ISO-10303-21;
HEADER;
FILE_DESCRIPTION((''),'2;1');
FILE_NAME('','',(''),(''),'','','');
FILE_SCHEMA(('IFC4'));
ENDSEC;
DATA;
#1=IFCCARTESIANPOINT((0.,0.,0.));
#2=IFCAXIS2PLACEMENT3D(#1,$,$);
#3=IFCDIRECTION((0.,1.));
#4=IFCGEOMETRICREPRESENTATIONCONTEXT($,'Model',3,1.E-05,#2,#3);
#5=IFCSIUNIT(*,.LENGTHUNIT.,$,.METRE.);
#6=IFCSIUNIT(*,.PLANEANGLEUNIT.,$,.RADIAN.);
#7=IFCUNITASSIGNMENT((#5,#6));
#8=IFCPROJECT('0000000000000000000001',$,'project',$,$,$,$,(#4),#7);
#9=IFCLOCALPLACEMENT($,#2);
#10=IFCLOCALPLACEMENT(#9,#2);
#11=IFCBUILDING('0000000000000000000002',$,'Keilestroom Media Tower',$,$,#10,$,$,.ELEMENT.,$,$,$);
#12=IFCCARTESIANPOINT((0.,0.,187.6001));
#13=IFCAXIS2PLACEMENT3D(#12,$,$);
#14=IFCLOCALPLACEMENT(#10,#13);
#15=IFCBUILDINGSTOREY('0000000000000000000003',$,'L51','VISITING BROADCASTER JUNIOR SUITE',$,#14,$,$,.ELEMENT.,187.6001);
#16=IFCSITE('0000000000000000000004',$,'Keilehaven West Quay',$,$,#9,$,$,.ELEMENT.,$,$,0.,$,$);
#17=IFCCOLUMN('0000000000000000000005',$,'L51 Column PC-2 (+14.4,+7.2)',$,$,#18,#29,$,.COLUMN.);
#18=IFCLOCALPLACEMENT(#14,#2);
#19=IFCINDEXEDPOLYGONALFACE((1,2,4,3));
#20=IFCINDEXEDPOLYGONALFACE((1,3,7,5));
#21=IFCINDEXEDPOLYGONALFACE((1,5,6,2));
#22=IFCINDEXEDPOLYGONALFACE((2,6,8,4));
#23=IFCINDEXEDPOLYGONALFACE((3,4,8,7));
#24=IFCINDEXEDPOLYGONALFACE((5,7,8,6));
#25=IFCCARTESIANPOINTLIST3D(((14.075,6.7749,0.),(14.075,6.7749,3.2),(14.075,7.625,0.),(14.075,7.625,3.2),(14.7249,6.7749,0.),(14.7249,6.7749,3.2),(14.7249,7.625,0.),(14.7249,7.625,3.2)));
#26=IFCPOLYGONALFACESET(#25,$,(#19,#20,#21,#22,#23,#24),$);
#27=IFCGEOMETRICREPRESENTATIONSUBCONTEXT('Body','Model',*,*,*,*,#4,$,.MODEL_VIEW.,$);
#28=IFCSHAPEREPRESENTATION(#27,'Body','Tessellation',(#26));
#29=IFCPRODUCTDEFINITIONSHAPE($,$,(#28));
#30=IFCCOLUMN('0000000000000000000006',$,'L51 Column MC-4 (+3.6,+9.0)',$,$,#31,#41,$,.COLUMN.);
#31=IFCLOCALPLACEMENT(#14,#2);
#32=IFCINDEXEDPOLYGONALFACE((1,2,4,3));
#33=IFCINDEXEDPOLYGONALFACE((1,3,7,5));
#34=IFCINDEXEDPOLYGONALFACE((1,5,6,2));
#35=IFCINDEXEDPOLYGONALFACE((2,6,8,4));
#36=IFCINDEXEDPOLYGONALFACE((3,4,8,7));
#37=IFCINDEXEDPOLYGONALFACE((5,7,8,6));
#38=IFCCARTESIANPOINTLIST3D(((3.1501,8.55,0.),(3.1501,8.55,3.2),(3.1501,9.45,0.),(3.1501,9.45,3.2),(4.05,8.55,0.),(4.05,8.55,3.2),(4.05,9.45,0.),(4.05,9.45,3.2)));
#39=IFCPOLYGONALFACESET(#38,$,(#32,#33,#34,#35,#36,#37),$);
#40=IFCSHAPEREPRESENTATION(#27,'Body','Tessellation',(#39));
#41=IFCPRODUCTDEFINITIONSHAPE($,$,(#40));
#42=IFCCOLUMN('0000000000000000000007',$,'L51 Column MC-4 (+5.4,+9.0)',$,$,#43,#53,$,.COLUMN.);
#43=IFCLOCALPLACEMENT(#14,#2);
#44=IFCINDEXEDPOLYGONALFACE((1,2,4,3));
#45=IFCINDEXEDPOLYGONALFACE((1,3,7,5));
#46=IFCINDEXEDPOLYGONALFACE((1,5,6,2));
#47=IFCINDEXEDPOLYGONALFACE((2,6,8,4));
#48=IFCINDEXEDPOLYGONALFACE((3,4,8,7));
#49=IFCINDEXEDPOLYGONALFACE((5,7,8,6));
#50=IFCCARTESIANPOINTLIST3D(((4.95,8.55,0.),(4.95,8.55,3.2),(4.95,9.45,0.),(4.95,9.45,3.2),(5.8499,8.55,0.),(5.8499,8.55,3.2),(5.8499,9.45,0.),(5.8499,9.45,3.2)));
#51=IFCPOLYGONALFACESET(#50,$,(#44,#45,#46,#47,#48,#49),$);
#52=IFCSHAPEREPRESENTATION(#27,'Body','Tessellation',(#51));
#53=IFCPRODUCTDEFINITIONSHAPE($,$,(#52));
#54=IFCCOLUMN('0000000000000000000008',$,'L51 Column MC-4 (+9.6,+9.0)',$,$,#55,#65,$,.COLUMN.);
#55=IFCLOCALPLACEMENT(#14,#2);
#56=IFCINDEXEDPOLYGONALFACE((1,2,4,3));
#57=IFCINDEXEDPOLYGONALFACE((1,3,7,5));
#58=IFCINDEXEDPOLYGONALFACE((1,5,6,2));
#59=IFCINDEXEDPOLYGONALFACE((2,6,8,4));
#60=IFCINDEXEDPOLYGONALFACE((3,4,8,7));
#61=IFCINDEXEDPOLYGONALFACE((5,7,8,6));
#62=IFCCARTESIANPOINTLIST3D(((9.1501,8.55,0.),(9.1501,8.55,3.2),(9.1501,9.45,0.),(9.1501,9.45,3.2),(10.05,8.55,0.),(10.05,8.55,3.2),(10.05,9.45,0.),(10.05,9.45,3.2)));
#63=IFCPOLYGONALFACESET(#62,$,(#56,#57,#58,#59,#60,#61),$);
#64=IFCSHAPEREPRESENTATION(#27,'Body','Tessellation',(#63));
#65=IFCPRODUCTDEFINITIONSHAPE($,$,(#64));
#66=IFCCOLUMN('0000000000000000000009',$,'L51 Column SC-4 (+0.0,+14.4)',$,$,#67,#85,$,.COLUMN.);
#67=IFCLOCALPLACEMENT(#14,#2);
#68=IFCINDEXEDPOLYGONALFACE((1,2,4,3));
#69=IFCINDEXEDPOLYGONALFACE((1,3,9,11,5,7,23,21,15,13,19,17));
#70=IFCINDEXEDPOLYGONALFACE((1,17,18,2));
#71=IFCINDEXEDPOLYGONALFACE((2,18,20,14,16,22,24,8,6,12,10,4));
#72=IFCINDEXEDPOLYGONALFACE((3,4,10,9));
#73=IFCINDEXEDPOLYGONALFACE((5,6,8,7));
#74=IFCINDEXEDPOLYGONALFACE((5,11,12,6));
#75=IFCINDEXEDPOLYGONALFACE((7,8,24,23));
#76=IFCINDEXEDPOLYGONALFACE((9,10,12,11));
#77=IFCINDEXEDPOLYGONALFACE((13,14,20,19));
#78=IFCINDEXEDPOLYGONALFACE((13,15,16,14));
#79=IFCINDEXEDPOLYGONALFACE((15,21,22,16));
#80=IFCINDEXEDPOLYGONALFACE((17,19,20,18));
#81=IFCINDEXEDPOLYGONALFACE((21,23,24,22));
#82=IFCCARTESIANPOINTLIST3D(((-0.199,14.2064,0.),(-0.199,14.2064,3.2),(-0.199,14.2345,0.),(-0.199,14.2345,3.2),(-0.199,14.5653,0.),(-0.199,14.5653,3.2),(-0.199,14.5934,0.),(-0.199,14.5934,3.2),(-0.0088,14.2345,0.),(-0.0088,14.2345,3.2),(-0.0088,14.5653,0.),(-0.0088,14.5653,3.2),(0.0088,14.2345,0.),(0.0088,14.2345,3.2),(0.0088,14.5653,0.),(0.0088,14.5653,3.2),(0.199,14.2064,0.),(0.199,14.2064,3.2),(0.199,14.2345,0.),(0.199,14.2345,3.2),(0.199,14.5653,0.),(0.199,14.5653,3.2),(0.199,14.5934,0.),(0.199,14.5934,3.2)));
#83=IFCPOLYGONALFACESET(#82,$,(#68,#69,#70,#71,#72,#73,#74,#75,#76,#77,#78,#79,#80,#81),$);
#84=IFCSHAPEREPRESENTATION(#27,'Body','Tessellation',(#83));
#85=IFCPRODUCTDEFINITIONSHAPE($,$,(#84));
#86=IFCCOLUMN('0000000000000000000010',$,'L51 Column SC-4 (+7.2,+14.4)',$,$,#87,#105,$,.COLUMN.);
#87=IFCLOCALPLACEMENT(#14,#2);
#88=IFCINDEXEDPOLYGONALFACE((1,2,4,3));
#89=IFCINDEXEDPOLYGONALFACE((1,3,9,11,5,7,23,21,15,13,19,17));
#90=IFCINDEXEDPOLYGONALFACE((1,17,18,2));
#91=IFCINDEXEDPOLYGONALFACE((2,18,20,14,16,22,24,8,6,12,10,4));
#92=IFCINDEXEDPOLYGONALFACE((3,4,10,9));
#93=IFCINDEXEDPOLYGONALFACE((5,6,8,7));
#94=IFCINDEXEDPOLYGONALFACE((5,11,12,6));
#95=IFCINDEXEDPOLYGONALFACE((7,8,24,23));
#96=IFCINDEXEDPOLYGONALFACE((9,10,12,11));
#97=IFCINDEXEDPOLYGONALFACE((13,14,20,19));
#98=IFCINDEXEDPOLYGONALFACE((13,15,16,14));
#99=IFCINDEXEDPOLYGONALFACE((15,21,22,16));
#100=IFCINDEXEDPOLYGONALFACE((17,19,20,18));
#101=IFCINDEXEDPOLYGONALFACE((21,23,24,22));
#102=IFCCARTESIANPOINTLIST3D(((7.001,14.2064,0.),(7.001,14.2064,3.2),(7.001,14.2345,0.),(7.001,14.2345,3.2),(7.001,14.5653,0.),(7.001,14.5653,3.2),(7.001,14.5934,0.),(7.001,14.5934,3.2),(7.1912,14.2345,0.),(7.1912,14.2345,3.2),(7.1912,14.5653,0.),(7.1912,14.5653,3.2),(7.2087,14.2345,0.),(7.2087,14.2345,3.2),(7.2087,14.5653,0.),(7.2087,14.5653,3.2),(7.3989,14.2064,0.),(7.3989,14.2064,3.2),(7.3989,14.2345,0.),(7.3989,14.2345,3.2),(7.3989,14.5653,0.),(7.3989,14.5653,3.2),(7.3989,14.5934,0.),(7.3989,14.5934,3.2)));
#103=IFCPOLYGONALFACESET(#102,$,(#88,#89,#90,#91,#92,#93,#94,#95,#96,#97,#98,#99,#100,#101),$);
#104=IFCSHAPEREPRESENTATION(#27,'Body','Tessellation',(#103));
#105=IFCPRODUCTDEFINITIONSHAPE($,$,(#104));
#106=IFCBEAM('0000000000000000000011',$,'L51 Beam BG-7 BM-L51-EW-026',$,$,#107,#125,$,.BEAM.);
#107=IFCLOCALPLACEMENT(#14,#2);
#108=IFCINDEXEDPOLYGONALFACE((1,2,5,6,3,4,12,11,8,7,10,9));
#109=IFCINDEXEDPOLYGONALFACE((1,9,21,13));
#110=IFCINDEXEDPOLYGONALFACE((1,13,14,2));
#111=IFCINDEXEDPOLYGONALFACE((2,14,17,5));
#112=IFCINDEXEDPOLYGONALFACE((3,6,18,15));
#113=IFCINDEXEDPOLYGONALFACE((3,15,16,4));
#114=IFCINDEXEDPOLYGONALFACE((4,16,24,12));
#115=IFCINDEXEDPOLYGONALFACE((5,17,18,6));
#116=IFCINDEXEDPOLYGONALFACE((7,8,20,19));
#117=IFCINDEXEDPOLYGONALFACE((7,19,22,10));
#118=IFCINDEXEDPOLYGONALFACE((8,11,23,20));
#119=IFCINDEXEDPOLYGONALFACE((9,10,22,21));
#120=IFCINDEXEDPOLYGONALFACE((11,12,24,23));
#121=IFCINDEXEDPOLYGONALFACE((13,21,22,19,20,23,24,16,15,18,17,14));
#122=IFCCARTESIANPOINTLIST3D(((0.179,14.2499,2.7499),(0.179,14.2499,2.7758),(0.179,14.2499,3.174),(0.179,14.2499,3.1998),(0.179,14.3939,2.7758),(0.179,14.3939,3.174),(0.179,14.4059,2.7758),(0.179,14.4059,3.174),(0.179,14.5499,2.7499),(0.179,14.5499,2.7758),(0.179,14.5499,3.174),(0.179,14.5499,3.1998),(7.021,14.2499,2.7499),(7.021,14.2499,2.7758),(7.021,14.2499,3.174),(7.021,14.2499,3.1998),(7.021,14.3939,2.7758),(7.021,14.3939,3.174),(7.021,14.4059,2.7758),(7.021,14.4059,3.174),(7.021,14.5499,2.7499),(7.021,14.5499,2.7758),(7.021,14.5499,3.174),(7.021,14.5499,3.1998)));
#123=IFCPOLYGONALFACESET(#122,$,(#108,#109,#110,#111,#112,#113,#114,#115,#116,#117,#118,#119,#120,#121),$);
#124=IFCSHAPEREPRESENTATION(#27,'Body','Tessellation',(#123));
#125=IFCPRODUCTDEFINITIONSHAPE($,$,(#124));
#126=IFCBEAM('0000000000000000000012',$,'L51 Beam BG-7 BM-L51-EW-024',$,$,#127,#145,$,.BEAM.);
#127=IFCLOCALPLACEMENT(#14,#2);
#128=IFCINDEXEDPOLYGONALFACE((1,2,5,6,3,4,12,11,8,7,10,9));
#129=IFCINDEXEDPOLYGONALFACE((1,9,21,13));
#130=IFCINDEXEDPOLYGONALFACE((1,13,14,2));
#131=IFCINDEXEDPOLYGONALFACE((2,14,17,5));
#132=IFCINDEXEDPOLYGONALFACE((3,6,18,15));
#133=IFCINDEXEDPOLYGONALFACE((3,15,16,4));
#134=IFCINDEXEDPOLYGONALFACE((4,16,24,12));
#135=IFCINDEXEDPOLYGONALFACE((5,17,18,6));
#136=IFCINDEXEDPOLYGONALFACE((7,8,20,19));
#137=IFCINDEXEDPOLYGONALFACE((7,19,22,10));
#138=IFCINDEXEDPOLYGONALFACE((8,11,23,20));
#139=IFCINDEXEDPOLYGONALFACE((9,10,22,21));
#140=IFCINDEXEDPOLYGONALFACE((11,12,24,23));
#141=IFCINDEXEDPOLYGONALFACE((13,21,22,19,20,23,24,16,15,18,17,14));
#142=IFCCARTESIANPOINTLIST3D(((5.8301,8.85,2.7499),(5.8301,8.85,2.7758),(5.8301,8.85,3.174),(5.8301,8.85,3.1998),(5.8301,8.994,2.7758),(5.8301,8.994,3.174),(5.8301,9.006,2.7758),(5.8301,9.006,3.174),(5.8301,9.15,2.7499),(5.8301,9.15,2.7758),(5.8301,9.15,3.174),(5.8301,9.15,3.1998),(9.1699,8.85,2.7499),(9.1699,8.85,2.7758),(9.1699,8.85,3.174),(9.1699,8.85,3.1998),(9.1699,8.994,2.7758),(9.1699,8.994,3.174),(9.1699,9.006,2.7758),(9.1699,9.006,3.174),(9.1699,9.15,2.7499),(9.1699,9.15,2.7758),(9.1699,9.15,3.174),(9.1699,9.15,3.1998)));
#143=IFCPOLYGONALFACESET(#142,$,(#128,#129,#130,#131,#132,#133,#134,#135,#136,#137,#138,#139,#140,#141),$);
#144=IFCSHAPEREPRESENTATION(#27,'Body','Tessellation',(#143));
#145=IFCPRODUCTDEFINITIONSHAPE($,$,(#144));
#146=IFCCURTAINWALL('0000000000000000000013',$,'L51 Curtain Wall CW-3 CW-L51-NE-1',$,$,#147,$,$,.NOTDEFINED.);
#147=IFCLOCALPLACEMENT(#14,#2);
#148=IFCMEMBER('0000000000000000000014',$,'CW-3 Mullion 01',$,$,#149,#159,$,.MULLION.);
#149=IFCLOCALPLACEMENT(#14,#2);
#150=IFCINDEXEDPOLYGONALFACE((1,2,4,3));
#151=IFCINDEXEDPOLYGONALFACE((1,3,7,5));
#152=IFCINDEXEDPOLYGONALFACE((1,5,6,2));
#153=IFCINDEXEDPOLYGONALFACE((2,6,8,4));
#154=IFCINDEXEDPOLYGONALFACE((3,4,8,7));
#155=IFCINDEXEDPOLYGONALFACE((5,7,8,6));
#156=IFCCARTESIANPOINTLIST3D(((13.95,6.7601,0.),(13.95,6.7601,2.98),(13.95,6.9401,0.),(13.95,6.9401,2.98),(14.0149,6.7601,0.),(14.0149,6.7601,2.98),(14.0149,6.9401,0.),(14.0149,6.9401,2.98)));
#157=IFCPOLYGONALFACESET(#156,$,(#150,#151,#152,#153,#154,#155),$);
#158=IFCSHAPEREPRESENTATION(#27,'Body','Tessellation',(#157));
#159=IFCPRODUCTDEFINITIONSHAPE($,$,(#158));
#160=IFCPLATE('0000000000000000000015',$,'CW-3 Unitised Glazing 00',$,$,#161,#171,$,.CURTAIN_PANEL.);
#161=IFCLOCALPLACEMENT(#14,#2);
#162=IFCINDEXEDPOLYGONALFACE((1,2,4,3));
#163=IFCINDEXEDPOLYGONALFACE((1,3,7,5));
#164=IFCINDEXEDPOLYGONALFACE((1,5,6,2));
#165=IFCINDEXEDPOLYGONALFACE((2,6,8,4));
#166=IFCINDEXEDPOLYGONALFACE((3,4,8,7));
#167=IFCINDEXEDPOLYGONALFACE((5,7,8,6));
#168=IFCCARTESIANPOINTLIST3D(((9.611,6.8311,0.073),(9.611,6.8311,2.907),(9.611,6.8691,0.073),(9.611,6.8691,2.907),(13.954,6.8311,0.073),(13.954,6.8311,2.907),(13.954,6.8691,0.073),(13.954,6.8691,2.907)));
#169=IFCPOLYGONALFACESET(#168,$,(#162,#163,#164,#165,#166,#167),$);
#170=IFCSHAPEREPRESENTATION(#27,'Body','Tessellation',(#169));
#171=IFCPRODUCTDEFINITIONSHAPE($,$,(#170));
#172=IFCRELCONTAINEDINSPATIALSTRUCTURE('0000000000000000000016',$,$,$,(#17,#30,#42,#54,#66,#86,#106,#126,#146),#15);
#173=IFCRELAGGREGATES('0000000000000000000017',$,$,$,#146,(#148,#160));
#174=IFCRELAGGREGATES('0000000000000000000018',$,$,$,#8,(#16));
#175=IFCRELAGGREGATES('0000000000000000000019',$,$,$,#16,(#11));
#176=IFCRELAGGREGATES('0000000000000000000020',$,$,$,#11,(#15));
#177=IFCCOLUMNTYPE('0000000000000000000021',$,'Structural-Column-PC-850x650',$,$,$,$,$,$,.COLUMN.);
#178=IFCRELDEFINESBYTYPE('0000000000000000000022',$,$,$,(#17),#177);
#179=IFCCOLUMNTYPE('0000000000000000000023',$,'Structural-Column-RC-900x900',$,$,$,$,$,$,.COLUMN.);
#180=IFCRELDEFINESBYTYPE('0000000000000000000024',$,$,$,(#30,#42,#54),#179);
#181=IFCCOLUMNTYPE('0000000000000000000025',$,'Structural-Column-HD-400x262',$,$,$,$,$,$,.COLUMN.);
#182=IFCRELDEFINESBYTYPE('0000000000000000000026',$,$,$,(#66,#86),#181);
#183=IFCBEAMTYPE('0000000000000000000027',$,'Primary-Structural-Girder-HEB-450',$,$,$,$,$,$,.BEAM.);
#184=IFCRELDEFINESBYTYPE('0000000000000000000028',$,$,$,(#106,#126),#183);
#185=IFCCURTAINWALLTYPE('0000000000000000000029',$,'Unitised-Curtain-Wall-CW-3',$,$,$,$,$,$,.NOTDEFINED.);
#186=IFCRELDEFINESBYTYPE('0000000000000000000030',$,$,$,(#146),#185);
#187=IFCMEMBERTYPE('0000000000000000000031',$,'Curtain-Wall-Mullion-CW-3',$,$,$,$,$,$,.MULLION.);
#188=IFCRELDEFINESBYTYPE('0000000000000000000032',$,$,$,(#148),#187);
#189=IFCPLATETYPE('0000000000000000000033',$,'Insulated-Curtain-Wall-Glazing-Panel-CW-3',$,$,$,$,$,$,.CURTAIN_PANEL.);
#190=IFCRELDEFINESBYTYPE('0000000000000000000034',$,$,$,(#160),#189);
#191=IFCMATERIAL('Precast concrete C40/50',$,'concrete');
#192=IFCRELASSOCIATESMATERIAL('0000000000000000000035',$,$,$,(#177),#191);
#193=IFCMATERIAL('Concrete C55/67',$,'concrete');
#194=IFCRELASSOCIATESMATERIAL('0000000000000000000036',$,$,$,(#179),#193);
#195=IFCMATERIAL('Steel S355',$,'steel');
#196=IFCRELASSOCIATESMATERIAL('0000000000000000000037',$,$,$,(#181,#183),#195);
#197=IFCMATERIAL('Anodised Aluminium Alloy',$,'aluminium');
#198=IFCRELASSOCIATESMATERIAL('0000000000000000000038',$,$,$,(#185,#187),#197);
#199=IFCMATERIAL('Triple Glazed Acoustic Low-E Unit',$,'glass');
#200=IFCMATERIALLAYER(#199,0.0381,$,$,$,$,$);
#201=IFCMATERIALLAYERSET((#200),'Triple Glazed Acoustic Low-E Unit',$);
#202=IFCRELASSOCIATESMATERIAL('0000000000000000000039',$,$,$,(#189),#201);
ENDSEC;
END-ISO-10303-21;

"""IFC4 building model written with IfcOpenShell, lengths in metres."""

from ifc_helpers import new_model, si_unit, direction, frame, origin, origin_2d, place, context, subcontext, project, spatial, rectangle, i_section, extrude, source, transform, mapped, material, layer, layer_set, material_profile, profile_set, type_object, element, aggregate, save


model = new_model("IFC4")

# Units and contexts
model_context = context("Model", 3, precision=1e-05, world=origin(), true_north=direction((0.0, 1.0)))
body_context = subcontext(model_context, "Body", "Model", "MODEL_VIEW")
ifc_project = project(units=[si_unit("LENGTHUNIT", "METRE"), si_unit("PLANEANGLEUNIT", "RADIAN")], contexts=[model_context])

# Site, building, storey
site_placement = place(None, origin())
site = spatial("IfcSite", under=ifc_project, at=site_placement, Name="Keilehaven West Quay", CompositionType="ELEMENT", RefElevation=0.0)
building_placement = place(site_placement, origin())
building = spatial("IfcBuilding", under=site, at=building_placement, Name="Keilestroom Media Tower", CompositionType="ELEMENT")
storey_placement = place(building_placement, frame((0.0, 0.0, 187.6001)))
storey = spatial("IfcBuildingStorey", under=building, at=storey_placement, Name="L51", Description="VISITING BROADCASTER JUNIOR SUITE", CompositionType="ELEMENT", Elevation=187.6001)

# Columns
ifc_material_1 = material(Name="Precast concrete C40/50", Category="concrete")
ifc_material_profile_1 = material_profile(ifc_material_1, rectangle(XDim=0.6499, YDim=0.8501, at=origin_2d()), Name="PC 850x650")
ifc_profile_set_1 = profile_set([ifc_material_profile_1], Name="Precast concrete C40/50")
column_type_1 = type_object("IfcColumnType", Name="Structural-Column-PC-850x650", PredefinedType="COLUMN", material=ifc_profile_set_1)
shared_shape_1 = source(origin(), body_context, "Body", "SweptSolid", [
    extrude(rectangle(XDim=0.6499, YDim=0.8501, at=origin_2d()), origin(), (0.0, 0.0, 1.0), 3.2),
])
column_placement = place(storey_placement, frame((14.3999, 7.2, 0.0), z_axis=(0.0, 0.0, 1.0), x_axis=(1.0, 0.0, 0.0)))
element("IfcColumn", 1, at=column_placement, inside=storey, type_object=column_type_1, Name="L51 Column PC-2 (+14.4,+7.2)", PredefinedType="COLUMN", context=body_context, shape_type="MappedRepresentation", body=[
    mapped(shared_shape_1, transform((0.0, 0.0, 0.0), x_axis=(1.0, 0.0, 0.0), y_axis=(0.0, 1.0, 0.0), z_axis=(0.0, 0.0, 1.0), scale=1.0)),
])
ifc_material_2 = material(Name="Concrete C55/67", Category="concrete")
ifc_material_profile_2 = material_profile(ifc_material_2, rectangle(XDim=0.8999, YDim=0.8999, at=origin_2d()), Name="RC 900x900")
ifc_profile_set_2 = profile_set([ifc_material_profile_2], Name="Concrete C55/67")
column_type_2 = type_object("IfcColumnType", Name="Structural-Column-RC-900x900", PredefinedType="COLUMN", material=ifc_profile_set_2)
shared_shape_2 = source(origin(), body_context, "Body", "SweptSolid", [
    extrude(rectangle(XDim=0.8999, YDim=0.8999, at=origin_2d()), origin(), (0.0, 0.0, 1.0), 3.2),
])
for number, where, z_axis, x_axis, name in (
    (2, (3.6001, 9.0, 0.0), (0.0, 0.0, 1.0), (1.0, 0.0, 0.0), "L51 Column MC-4 (+3.6,+9.0)"),
    (3, (5.3999, 9.0, 0.0), (0.0, 0.0, 1.0), (1.0, 0.0, 0.0), "L51 Column MC-4 (+5.4,+9.0)"),
    (4, (9.6001, 9.0, 0.0), (0.0, 0.0, 1.0), (1.0, 0.0, 0.0), "L51 Column MC-4 (+9.6,+9.0)"),
):
    element("IfcColumn", number, at=place(storey_placement, frame(where, z_axis=z_axis, x_axis=x_axis)), inside=storey, type_object=column_type_2, Name=name, PredefinedType="COLUMN", context=body_context, shape_type="MappedRepresentation", body=[
        mapped(shared_shape_2, transform((0.0, 0.0, 0.0), x_axis=(1.0, 0.0, 0.0), y_axis=(0.0, 1.0, 0.0), z_axis=(0.0, 0.0, 1.0), scale=1.0)),
    ])
ifc_material_3 = material(Name="Steel S355", Category="steel")
ifc_material_profile_3 = material_profile(ifc_material_3, i_section(OverallWidth=0.3979, OverallDepth=0.387, WebThickness=0.0176, FlangeThickness=0.0281, at=origin_2d()), Name="HD 400x262")
ifc_profile_set_3 = profile_set([ifc_material_profile_3], Name="Steel S355")
column_type_3 = type_object("IfcColumnType", Name="Structural-Column-HD-400x262", PredefinedType="COLUMN", material=ifc_profile_set_3)
shared_shape_3 = source(origin(), body_context, "Body", "SweptSolid", [
    extrude(i_section(OverallWidth=0.3979, OverallDepth=0.387, WebThickness=0.0176, FlangeThickness=0.0281, at=origin_2d()), origin(), (0.0, 0.0, 1.0), 3.2),
])
for number, where, z_axis, x_axis, name in (
    (5, (0.0, 14.3999, 0.0), (0.0, 0.0, 1.0), (1.0, 0.0, 0.0), "L51 Column SC-4 (+0.0,+14.4)"),
    (6, (7.2, 14.3999, 0.0), (0.0, 0.0, 1.0), (1.0, 0.0, 0.0), "L51 Column SC-4 (+7.2,+14.4)"),
):
    element("IfcColumn", number, at=place(storey_placement, frame(where, z_axis=z_axis, x_axis=x_axis)), inside=storey, type_object=column_type_3, Name=name, PredefinedType="COLUMN", context=body_context, shape_type="MappedRepresentation", body=[
        mapped(shared_shape_3, transform((0.0, 0.0, 0.0), x_axis=(1.0, 0.0, 0.0), y_axis=(0.0, 1.0, 0.0), z_axis=(0.0, 0.0, 1.0), scale=1.0)),
    ])

# Beams
ifc_material_profile_4 = material_profile(ifc_material_3, i_section(OverallWidth=0.3, OverallDepth=0.45, WebThickness=0.012, FlangeThickness=0.0259, at=origin_2d()), Name="HEB 450")
ifc_profile_set_4 = profile_set([ifc_material_profile_4], Name="Steel S355")
beam_type = type_object("IfcBeamType", Name="Primary-Structural-Girder-HEB-450", PredefinedType="BEAM", material=ifc_profile_set_4)
shared_shape_4 = source(origin(), body_context, "Body", "SweptSolid", [
    extrude(i_section(OverallWidth=0.3, OverallDepth=0.45, WebThickness=0.012, FlangeThickness=0.0259, at=origin_2d()), origin(), (0.0, 0.0, 1.0), 6.842),
])
beam_1_placement = place(storey_placement, frame((0.179, 14.3999, 2.9749), z_axis=(1.0, 0.0, 0.0), x_axis=(0.0, 1.0, 0.0)))
element("IfcBeam", 7, at=beam_1_placement, inside=storey, type_object=beam_type, Name="L51 Beam BG-7 BM-L51-EW-026", PredefinedType="BEAM", context=body_context, shape_type="MappedRepresentation", body=[
    mapped(shared_shape_4, transform((0.0, 0.0, 0.0), x_axis=(1.0, 0.0, 0.0), y_axis=(0.0, 1.0, 0.0), z_axis=(0.0, 0.0, 1.0), scale=1.0)),
])
shared_shape_5 = source(origin(), body_context, "Body", "SweptSolid", [
    extrude(i_section(OverallWidth=0.3, OverallDepth=0.45, WebThickness=0.012, FlangeThickness=0.0259, at=origin_2d()), origin(), (0.0, 0.0, 1.0), 3.3398),
])
beam_2_placement = place(storey_placement, frame((5.8301, 9.0, 2.9749), z_axis=(1.0, 0.0, 0.0), x_axis=(0.0, 1.0, 0.0)))
element("IfcBeam", 8, at=beam_2_placement, inside=storey, type_object=beam_type, Name="L51 Beam BG-7 BM-L51-EW-024", PredefinedType="BEAM", context=body_context, shape_type="MappedRepresentation", body=[
    mapped(shared_shape_5, transform((0.0, 0.0, 0.0), x_axis=(1.0, 0.0, 0.0), y_axis=(0.0, 1.0, 0.0), z_axis=(0.0, 0.0, 1.0), scale=1.0)),
])

# Curtain wall, member, plate
ifc_material_4 = material(Name="Anodised Aluminium Alloy", Category="aluminium")
curtain_wall_type = type_object("IfcCurtainWallType", Name="Unitised-Curtain-Wall-CW-3", PredefinedType="NOTDEFINED", material=ifc_material_4)
curtain_wall_placement = place(storey_placement, origin())
curtain_wall = element("IfcCurtainWall", 9, at=curtain_wall_placement, inside=storey, type_object=curtain_wall_type, Name="L51 Curtain Wall CW-3 CW-L51-NE-1", PredefinedType="NOTDEFINED")
ifc_material_profile_5 = material_profile(ifc_material_4, rectangle(XDim=0.0649, YDim=0.1799, at=origin_2d()), Name="ALU MULLION 65x180")
ifc_profile_set_5 = profile_set([ifc_material_profile_5], Name="Anodised Aluminium Alloy")
member_type = type_object("IfcMemberType", Name="Curtain-Wall-Mullion-CW-3", PredefinedType="MULLION", material=ifc_profile_set_5)
shared_shape_6 = source(origin(), body_context, "Body", "SweptSolid", [
    extrude(rectangle(XDim=0.0649, YDim=0.1799, at=origin_2d()), origin(), (0.0, 0.0, 1.0), 2.98),
])
member_placement = place(storey_placement, frame((13.9824, 6.8501, 0.0), z_axis=(0.0, 0.0, 1.0), x_axis=(1.0, 0.0, 0.0)))
member = element("IfcMember", 10, at=member_placement, type_object=member_type, Name="CW-3 Mullion 01", PredefinedType="MULLION", context=body_context, shape_type="MappedRepresentation", body=[
    mapped(shared_shape_6, transform((0.0, 0.0, 0.0), x_axis=(1.0, 0.0, 0.0), y_axis=(0.0, 1.0, 0.0), z_axis=(0.0, 0.0, 1.0), scale=1.0)),
])
ifc_material_5 = material(Name="Triple Glazed Acoustic Low-E Unit", Category="glass")
ifc_layer_1 = layer(ifc_material_5, 0.0381)
ifc_layer_set_1 = layer_set([ifc_layer_1], Name="Triple Glazed Acoustic Low-E Unit")
plate_type = type_object("IfcPlateType", Name="Insulated-Curtain-Wall-Glazing-Panel-CW-3", PredefinedType="CURTAIN_PANEL", material=ifc_layer_set_1)
shared_shape_7 = source(origin(), body_context, "Body", "SweptSolid", [
    extrude(rectangle(XDim=4.343, YDim=0.0381, at=origin_2d()), origin(), (0.0, 0.0, 1.0), 2.834),
])
plate_placement = place(storey_placement, frame((11.7825, 6.8501, 0.073), z_axis=(0.0, 0.0, 1.0), x_axis=(1.0, 0.0, 0.0)))
plate = element("IfcPlate", 11, at=plate_placement, type_object=plate_type, Name="CW-3 Unitised Glazing 00", PredefinedType="CURTAIN_PANEL", context=body_context, shape_type="MappedRepresentation", body=[
    mapped(shared_shape_7, transform((0.0, 0.0, 0.0), x_axis=(1.0, 0.0, 0.0), y_axis=(0.0, 1.0, 0.0), z_axis=(0.0, 0.0, 1.0), scale=1.0)),
])
aggregate(curtain_wall, [member, plate])

save(model, "model.ifc")
